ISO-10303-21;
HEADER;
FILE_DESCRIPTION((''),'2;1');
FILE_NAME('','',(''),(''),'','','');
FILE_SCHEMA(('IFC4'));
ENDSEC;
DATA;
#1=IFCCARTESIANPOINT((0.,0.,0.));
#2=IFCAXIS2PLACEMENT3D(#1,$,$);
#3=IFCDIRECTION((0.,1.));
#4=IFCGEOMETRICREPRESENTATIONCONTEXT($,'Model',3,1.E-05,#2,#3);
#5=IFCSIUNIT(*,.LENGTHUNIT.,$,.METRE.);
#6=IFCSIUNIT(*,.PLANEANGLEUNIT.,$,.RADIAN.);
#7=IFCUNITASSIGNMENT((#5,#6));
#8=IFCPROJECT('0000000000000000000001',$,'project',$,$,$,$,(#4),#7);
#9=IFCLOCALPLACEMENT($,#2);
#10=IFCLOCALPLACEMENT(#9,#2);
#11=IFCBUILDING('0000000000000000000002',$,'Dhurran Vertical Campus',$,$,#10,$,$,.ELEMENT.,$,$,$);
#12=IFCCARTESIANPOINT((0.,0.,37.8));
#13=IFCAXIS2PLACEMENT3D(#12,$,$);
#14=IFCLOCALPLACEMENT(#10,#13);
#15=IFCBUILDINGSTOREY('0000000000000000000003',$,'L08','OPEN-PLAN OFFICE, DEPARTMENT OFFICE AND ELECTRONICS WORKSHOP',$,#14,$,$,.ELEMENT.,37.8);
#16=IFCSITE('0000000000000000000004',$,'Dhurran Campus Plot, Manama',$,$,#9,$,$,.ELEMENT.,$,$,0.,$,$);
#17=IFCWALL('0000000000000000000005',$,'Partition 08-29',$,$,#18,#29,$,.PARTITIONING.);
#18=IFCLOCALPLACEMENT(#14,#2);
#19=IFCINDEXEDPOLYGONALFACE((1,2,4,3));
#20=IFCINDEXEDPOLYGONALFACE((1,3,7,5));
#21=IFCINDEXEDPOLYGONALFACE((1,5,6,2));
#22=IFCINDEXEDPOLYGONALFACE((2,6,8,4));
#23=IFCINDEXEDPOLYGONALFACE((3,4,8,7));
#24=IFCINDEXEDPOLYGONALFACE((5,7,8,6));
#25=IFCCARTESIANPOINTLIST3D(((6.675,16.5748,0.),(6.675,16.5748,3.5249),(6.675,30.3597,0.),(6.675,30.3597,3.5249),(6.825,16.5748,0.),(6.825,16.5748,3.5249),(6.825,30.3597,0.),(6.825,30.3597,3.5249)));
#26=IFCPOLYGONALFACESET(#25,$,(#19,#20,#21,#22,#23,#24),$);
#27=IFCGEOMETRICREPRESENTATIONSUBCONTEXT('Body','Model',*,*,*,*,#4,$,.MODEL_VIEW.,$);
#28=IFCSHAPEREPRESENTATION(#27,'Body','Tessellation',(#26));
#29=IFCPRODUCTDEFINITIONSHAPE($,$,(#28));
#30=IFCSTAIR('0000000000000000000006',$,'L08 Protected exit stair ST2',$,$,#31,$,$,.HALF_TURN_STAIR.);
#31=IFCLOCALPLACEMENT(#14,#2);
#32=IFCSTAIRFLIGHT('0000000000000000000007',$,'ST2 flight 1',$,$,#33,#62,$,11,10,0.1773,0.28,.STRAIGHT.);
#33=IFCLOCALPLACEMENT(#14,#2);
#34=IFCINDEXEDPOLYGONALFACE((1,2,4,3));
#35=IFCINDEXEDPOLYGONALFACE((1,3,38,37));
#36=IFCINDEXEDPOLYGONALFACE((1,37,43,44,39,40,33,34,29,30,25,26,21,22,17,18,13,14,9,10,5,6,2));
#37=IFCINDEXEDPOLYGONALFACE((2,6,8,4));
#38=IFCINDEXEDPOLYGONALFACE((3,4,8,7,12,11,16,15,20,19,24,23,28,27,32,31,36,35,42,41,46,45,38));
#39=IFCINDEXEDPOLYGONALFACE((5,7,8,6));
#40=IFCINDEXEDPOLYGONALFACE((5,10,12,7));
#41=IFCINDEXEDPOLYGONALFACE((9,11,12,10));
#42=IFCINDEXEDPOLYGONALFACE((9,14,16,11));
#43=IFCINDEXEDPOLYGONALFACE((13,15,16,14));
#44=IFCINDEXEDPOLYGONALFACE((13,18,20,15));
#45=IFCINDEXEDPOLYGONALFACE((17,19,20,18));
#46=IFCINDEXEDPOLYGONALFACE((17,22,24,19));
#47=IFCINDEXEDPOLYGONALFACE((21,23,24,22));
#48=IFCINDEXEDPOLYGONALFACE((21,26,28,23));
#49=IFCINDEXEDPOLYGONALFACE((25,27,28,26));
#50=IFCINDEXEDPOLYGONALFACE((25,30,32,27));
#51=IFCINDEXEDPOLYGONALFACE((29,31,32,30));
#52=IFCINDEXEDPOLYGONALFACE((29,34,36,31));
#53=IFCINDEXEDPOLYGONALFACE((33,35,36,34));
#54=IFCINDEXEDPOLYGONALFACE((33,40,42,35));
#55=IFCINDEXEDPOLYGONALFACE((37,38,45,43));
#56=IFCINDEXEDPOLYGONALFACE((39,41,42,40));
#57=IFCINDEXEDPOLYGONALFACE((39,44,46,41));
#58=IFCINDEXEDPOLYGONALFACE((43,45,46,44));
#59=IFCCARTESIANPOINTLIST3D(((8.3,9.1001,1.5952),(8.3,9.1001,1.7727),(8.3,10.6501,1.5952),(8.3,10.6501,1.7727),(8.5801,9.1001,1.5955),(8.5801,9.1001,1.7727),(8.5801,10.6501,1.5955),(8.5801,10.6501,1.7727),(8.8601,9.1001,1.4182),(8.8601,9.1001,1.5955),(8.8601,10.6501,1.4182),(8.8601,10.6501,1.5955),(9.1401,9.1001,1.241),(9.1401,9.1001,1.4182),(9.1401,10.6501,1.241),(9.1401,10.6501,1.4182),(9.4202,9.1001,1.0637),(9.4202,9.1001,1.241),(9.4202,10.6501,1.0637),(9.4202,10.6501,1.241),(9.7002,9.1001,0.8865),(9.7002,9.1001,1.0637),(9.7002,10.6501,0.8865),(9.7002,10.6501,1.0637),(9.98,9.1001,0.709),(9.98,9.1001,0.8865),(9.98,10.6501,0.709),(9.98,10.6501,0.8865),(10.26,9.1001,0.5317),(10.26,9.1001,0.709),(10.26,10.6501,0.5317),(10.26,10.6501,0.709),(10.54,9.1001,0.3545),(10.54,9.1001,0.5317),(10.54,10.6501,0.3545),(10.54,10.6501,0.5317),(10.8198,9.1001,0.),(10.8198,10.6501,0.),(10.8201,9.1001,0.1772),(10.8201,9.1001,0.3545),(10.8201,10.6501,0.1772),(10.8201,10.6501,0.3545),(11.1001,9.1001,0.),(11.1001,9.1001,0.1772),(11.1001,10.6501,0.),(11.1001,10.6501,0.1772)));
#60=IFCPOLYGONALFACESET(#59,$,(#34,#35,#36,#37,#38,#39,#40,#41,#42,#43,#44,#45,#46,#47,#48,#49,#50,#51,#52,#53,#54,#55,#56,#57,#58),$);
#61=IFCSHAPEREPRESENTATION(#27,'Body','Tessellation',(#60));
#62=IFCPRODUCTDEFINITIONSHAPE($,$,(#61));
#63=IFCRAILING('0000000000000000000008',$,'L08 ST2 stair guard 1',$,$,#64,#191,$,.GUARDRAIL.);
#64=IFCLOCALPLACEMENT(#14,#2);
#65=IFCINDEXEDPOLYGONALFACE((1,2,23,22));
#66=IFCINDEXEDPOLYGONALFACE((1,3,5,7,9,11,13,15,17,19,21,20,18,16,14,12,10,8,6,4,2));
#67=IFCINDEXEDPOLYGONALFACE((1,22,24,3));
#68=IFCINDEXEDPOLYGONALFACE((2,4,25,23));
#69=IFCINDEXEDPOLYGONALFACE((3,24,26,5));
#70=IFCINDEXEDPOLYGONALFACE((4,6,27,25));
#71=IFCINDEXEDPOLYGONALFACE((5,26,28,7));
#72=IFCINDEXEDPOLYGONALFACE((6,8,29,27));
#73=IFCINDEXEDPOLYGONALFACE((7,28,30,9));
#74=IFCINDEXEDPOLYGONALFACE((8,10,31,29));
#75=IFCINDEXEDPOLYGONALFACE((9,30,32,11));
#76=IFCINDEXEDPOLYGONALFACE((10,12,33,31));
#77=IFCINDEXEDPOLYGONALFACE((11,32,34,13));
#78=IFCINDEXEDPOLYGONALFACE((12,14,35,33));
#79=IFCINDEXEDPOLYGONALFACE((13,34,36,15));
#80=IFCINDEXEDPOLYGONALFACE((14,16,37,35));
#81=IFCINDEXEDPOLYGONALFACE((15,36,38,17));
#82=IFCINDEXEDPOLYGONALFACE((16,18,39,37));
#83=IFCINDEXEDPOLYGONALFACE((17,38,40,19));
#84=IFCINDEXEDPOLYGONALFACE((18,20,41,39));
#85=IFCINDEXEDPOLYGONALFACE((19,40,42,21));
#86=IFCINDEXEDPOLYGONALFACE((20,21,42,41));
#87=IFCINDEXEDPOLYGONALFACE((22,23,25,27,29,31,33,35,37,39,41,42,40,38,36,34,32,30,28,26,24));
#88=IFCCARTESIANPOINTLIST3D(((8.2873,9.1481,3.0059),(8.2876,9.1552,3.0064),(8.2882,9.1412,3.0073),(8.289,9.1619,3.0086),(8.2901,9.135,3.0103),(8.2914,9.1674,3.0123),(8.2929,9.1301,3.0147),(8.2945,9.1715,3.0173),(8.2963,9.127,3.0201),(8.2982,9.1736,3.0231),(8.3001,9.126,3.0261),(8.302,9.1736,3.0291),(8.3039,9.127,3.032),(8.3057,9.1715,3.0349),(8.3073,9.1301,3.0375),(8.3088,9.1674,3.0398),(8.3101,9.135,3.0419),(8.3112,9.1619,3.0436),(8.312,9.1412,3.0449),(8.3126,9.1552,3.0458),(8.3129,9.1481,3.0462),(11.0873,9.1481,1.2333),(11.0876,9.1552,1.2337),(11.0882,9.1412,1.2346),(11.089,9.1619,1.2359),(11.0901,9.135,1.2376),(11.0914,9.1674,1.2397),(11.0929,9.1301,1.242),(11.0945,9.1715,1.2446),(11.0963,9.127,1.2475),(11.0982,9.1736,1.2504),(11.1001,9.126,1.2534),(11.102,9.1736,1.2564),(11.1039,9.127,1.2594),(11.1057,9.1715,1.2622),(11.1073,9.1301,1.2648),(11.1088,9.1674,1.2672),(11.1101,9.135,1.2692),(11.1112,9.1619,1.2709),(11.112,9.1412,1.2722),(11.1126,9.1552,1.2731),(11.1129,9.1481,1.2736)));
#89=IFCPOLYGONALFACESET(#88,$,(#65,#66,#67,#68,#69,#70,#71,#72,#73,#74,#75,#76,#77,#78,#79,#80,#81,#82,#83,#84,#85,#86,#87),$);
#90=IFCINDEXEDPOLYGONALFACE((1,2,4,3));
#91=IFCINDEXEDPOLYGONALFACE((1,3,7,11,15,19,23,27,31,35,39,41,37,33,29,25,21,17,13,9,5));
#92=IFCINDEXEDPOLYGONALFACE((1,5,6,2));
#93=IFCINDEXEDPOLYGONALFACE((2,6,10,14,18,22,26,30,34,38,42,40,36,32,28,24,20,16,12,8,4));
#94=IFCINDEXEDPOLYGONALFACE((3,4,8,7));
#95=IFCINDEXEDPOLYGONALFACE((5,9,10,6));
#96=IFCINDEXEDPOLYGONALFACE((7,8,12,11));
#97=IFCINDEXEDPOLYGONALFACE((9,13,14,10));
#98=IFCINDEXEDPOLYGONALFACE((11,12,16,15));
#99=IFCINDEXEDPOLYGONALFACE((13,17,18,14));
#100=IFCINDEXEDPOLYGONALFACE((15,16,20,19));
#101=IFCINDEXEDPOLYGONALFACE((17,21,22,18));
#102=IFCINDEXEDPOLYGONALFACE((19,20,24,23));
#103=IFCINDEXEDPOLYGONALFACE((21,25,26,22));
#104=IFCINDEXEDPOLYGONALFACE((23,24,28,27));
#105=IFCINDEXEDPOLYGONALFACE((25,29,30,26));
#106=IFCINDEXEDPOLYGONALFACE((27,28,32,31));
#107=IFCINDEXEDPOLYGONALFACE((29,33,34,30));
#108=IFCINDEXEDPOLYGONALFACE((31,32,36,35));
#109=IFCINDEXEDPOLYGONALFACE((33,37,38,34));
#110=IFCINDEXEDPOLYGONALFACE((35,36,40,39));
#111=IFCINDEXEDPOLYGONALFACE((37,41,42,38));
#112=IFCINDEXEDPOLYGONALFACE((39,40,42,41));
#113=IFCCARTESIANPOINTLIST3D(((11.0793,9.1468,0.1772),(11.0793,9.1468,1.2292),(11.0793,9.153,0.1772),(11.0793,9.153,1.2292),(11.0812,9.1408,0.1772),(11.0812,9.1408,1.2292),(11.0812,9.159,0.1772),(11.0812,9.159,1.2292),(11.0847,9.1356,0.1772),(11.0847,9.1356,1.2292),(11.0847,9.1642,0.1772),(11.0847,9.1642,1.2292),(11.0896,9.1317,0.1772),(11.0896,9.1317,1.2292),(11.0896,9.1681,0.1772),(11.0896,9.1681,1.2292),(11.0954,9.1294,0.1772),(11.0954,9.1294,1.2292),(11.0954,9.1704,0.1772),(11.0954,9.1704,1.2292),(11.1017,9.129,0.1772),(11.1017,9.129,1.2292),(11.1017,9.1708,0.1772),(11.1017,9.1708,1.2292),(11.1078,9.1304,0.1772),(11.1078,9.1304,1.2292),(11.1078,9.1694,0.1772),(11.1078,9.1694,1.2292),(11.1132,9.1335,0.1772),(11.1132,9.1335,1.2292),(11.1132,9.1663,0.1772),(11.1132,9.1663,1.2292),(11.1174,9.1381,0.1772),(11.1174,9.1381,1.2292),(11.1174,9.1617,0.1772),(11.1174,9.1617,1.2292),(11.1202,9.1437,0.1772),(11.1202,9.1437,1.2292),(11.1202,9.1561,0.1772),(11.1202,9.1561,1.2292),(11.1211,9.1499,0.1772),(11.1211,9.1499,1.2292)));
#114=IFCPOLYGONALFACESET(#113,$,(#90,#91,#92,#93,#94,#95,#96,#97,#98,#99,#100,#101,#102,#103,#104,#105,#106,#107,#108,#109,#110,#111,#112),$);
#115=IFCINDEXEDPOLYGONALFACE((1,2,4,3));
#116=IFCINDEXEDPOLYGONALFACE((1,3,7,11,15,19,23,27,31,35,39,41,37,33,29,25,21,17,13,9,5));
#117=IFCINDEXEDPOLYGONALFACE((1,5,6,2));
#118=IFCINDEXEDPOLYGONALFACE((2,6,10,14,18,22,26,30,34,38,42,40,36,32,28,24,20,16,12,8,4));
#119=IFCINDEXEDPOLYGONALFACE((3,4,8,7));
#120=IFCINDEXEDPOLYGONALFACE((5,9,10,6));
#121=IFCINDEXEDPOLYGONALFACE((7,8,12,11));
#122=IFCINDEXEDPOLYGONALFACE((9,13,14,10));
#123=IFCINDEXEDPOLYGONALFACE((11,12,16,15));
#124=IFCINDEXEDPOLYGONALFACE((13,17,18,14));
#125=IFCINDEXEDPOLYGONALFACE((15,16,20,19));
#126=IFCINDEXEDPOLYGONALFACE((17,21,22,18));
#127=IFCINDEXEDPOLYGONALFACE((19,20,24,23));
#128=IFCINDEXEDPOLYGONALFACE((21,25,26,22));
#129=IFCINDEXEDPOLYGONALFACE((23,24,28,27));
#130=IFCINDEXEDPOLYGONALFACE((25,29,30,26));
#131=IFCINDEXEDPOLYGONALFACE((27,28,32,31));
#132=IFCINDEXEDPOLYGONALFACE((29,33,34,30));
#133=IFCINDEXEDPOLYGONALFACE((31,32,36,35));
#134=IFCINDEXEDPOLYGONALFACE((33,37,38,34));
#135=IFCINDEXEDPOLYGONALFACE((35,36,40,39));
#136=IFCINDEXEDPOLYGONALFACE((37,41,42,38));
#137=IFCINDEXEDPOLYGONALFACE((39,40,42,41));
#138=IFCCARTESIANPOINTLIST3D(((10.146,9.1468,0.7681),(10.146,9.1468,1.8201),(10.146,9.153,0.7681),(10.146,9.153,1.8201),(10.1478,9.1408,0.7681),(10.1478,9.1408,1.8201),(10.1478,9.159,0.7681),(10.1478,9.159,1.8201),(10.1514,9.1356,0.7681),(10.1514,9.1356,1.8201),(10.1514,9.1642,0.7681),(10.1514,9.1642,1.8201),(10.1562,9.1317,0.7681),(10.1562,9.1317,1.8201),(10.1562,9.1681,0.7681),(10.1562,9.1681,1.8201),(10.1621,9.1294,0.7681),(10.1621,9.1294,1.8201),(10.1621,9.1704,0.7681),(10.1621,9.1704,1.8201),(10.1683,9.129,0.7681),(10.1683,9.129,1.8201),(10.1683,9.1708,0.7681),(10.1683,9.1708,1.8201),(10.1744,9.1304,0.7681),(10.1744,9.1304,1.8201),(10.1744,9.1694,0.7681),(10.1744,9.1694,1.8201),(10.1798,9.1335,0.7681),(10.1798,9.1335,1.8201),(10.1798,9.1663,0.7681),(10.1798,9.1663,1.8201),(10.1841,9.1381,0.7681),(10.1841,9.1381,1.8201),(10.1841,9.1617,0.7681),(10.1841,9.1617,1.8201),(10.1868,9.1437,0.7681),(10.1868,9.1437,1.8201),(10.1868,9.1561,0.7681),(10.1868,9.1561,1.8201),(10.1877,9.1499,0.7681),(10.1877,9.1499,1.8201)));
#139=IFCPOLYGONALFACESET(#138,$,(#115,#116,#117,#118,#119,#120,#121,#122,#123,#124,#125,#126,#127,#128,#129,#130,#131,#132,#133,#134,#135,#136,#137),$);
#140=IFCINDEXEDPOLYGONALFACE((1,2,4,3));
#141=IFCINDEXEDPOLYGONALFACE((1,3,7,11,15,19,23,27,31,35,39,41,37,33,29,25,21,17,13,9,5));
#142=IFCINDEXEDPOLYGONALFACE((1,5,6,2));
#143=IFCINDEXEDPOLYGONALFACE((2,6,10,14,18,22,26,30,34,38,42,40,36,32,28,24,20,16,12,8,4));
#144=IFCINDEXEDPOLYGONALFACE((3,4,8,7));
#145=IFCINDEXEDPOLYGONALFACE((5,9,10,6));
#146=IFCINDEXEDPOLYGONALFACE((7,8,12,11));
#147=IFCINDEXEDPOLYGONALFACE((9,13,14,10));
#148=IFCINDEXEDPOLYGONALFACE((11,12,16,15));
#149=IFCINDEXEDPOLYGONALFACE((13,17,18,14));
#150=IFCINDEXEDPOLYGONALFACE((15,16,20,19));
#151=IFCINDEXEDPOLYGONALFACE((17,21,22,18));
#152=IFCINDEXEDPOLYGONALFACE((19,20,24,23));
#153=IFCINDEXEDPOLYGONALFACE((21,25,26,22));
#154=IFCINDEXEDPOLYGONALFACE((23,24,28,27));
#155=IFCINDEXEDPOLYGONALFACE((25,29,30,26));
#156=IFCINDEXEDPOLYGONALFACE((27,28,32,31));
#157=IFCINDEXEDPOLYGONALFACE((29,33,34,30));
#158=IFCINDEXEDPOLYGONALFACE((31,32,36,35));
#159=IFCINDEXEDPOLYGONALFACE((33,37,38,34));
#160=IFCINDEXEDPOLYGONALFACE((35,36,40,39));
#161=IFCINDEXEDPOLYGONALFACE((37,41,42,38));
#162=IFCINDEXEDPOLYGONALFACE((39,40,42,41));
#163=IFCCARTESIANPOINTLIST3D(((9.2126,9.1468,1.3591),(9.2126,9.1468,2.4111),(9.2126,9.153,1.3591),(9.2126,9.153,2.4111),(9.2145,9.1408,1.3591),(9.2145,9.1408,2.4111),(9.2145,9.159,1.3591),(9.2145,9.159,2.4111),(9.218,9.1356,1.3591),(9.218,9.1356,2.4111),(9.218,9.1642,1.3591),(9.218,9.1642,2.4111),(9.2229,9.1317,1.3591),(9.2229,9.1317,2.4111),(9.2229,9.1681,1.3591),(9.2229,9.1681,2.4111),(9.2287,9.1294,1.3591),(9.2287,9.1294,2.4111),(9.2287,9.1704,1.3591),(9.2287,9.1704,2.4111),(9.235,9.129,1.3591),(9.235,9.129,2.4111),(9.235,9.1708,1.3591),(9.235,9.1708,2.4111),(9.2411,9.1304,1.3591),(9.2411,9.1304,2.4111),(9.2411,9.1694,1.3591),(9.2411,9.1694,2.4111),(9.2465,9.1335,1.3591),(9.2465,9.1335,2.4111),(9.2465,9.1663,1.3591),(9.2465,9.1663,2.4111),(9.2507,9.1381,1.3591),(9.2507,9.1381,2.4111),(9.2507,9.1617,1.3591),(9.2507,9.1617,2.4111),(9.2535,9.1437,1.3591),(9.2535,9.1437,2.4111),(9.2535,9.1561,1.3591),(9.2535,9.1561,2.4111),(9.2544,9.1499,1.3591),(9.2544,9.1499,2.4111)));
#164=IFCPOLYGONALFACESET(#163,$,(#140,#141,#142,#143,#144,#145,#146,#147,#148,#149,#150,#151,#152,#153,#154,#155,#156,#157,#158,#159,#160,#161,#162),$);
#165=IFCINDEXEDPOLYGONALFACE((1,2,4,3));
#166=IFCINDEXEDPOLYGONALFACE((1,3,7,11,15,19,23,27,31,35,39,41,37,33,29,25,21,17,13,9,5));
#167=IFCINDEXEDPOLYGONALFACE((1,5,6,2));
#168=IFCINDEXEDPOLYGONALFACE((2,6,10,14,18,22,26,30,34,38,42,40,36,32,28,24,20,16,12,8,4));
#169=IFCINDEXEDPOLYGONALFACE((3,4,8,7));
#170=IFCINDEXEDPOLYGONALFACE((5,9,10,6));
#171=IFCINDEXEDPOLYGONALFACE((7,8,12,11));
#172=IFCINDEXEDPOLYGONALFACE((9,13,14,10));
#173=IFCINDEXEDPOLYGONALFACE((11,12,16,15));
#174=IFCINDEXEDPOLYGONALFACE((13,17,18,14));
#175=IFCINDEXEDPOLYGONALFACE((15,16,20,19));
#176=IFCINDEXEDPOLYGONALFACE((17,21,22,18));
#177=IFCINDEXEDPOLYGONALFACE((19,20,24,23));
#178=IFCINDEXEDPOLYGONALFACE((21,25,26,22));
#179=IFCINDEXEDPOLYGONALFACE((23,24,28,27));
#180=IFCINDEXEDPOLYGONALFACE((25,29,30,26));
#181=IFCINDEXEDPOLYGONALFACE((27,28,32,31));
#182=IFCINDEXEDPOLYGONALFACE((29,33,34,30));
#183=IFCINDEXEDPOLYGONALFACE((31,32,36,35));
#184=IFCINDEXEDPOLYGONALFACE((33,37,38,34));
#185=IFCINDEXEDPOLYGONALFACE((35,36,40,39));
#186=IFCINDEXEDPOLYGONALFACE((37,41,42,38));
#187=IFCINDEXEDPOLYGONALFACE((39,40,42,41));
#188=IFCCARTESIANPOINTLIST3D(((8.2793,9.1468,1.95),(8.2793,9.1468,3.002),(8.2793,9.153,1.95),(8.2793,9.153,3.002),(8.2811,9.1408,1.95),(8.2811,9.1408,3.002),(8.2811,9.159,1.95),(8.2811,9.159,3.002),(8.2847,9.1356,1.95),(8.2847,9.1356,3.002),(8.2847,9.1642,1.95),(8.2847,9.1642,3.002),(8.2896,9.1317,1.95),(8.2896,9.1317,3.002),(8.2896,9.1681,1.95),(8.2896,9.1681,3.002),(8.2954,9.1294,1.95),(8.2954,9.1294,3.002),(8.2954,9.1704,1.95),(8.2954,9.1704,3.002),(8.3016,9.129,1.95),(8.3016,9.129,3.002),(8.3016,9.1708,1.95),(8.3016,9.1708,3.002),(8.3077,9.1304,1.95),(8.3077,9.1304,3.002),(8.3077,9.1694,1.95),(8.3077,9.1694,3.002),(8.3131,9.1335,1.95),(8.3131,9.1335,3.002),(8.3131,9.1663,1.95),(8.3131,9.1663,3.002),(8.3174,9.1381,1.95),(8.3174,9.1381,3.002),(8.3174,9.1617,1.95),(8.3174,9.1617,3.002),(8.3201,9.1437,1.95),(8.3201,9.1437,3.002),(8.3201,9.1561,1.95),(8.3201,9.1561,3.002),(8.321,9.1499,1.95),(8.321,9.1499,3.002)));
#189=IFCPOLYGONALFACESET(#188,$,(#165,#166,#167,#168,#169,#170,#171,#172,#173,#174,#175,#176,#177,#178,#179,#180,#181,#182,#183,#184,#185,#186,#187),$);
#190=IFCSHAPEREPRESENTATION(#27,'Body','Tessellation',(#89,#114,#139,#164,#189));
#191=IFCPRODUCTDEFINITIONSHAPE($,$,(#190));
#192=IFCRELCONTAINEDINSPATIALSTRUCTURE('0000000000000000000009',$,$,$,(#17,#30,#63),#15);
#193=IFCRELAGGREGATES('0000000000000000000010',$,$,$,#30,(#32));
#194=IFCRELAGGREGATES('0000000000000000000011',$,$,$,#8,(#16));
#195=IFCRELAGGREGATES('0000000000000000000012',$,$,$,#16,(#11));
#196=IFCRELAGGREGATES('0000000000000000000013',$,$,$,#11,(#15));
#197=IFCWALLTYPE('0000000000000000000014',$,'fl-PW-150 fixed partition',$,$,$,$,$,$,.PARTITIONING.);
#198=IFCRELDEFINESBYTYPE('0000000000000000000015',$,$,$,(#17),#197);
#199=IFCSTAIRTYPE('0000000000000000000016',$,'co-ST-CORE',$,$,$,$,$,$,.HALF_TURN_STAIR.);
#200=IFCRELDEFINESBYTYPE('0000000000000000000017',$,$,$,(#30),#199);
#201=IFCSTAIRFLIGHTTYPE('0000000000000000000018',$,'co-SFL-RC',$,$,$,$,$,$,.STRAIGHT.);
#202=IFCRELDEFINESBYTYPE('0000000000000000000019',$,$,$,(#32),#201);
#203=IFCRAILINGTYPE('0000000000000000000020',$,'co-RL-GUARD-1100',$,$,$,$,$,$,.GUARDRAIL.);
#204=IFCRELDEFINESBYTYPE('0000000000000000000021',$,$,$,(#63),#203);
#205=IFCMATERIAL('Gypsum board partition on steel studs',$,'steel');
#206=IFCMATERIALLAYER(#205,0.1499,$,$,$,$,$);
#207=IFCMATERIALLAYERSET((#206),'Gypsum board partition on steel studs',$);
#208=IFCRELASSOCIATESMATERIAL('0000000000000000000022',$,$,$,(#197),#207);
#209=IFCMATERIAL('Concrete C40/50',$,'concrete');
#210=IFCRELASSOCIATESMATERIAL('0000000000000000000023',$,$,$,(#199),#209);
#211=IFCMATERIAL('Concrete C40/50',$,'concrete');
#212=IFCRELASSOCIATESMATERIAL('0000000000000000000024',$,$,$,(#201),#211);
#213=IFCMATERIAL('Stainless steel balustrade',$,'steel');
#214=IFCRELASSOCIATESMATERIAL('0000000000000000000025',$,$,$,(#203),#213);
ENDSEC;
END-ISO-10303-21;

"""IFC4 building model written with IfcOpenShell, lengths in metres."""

from ifc_helpers import new_model, si_unit, direction, frame, frame_2d, origin, origin_2d, place, context, subcontext, project, spatial, polyline, rectangle, circle, outline, extrude, material, layer, layer_set, type_object, element, aggregate, save


model = new_model("IFC4")

# Units and contexts
model_context = context("Model", 3, precision=1e-05, world=origin(), true_north=direction((0.0, 1.0)))
body_context = subcontext(model_context, "Body", "Model", "MODEL_VIEW")
ifc_project = project(units=[si_unit("LENGTHUNIT", "METRE"), si_unit("PLANEANGLEUNIT", "RADIAN")], contexts=[model_context])

# Site, building, storey
site_placement = place(None, origin())
site = spatial("IfcSite", under=ifc_project, at=site_placement, Name="Dhurran Campus Plot, Manama", CompositionType="ELEMENT", RefElevation=0.0)
building_placement = place(site_placement, origin())
building = spatial("IfcBuilding", under=site, at=building_placement, Name="Dhurran Vertical Campus", CompositionType="ELEMENT")
storey_placement = place(building_placement, frame((0.0, 0.0, 37.8)))
storey = spatial("IfcBuildingStorey", under=building, at=storey_placement, Name="L08", Description="OPEN-PLAN OFFICE, DEPARTMENT OFFICE AND ELECTRONICS WORKSHOP", CompositionType="ELEMENT", Elevation=37.8)

# Wall
ifc_material_1 = material(Name="Gypsum board partition on steel studs", Category="steel")
ifc_layer_1 = layer(ifc_material_1, 0.1499)
ifc_layer_set_1 = layer_set([ifc_layer_1], Name="Gypsum board partition on steel studs")
wall_type_1 = type_object("IfcWallType", Name="fl-PW-150 fixed partition", PredefinedType="PARTITIONING", material=ifc_layer_set_1)
wall_1_placement = place(storey_placement, frame((6.75, 30.3599, 0.0), z_axis=(0.0, 0.0, 1.0), x_axis=(0.0, -1.0, 0.0)))
element("IfcWall", 1, at=wall_1_placement, inside=storey, type_object=wall_type_1, Name="Partition 08-29", PredefinedType="PARTITIONING", context=body_context, shape_type="SweptSolid", body=[
    extrude(rectangle(XDim=13.7849, YDim=0.1499, at=frame_2d((6.8926, 0.0))), origin(), (0.0, 0.0, 1.0), 3.5249),
])

# Stair, stair flight
ifc_material_2 = material(Name="Concrete C40/50", Category="concrete")
stair_type = type_object("IfcStairType", Name="co-ST-CORE", PredefinedType="HALF_TURN_STAIR", material=ifc_material_2)
stair_placement = place(storey_placement, origin())
stair = element("IfcStair", 2, at=stair_placement, inside=storey, type_object=stair_type, Name="L08 Protected exit stair ST2", PredefinedType="HALF_TURN_STAIR")
ifc_material_3 = material(Name="Concrete C40/50", Category="concrete")
stair_flight_type = type_object("IfcStairFlightType", Name="co-SFL-RC", PredefinedType="STRAIGHT", material=ifc_material_3)
stair_flight_placement = place(storey_placement, frame((11.1001, 9.875, 0.0), z_axis=(0.0, 0.0, 1.0), x_axis=(-1.0, 0.0, 0.0)))
stair_flight = element("IfcStairFlight", 3, at=stair_flight_placement, type_object=stair_flight_type, Name="ST2 flight 1", NumberOfRisers=11, NumberOfTreads=10, PredefinedType="STRAIGHT", RiserHeight=0.1773, TreadLength=0.28, context=body_context, shape_type="SweptSolid", body=[
    extrude(outline(polyline([(0.0, 0.0), (0.0, 0.1772), (0.28, 0.1772), (0.28, 0.3545), (0.5601, 0.3545), (0.5601, 0.5317), (0.8401, 0.5317), (0.8401, 0.709), (1.1201, 0.709), (1.1201, 0.8865), (1.3999, 0.8865), (1.3999, 1.0637), (1.6799, 1.0637), (1.6799, 1.241), (1.96, 1.241), (1.96, 1.4182), (2.24, 1.4182), (2.24, 1.5955), (2.52, 1.5955), (2.52, 1.7727), (2.8, 1.7727), (2.8, 1.95), (2.8, 1.5952), (0.2803, 0.0), (0.0, 0.0)])), frame((0.0, 0.7749, 0.0), z_axis=(0.0, -1.0, 0.0), x_axis=(1.0, 0.0, 0.0)), (0.0, 0.0, 1.0), 1.55),
])
aggregate(stair, [stair_flight])

# Railing
ifc_material_4 = material(Name="Stainless steel balustrade", Category="steel")
railing_type_1 = type_object("IfcRailingType", Name="co-RL-GUARD-1100", PredefinedType="GUARDRAIL", material=ifc_material_4)
railing_1_placement = place(storey_placement, frame((11.1001, 9.1499, 0.1772)))
element("IfcRailing", 4, at=railing_1_placement, inside=storey, type_object=railing_type_1, Name="L08 ST2 stair guard 1", PredefinedType="GUARDRAIL", context=body_context, shape_type="SweptSolid", body=[
    extrude(circle(Radius=0.0239, at=origin_2d()), frame((0.0, 0.0, 1.0762), z_axis=(-0.844909, 0.0, 0.53491), x_axis=(0.0, -1.0, 0.0)), (0.0, 0.0, 1.0), 3.314),
    extrude(circle(Radius=0.021, at=origin_2d()), origin(), (0.0, 0.0, 1.0), 1.052),
    extrude(circle(Radius=0.021, at=origin_2d()), frame((-0.9333, 0.0, 0.5908)), (0.0, 0.0, 1.0), 1.052),
    extrude(circle(Radius=0.021, at=origin_2d()), frame((-1.8667, 0.0, 1.1819)), (0.0, 0.0, 1.0), 1.052),
    extrude(circle(Radius=0.021, at=origin_2d()), frame((-2.8, 0.0, 1.7727)), (0.0, 0.0, 1.0), 1.052),
])

save(model, "model.ifc")
